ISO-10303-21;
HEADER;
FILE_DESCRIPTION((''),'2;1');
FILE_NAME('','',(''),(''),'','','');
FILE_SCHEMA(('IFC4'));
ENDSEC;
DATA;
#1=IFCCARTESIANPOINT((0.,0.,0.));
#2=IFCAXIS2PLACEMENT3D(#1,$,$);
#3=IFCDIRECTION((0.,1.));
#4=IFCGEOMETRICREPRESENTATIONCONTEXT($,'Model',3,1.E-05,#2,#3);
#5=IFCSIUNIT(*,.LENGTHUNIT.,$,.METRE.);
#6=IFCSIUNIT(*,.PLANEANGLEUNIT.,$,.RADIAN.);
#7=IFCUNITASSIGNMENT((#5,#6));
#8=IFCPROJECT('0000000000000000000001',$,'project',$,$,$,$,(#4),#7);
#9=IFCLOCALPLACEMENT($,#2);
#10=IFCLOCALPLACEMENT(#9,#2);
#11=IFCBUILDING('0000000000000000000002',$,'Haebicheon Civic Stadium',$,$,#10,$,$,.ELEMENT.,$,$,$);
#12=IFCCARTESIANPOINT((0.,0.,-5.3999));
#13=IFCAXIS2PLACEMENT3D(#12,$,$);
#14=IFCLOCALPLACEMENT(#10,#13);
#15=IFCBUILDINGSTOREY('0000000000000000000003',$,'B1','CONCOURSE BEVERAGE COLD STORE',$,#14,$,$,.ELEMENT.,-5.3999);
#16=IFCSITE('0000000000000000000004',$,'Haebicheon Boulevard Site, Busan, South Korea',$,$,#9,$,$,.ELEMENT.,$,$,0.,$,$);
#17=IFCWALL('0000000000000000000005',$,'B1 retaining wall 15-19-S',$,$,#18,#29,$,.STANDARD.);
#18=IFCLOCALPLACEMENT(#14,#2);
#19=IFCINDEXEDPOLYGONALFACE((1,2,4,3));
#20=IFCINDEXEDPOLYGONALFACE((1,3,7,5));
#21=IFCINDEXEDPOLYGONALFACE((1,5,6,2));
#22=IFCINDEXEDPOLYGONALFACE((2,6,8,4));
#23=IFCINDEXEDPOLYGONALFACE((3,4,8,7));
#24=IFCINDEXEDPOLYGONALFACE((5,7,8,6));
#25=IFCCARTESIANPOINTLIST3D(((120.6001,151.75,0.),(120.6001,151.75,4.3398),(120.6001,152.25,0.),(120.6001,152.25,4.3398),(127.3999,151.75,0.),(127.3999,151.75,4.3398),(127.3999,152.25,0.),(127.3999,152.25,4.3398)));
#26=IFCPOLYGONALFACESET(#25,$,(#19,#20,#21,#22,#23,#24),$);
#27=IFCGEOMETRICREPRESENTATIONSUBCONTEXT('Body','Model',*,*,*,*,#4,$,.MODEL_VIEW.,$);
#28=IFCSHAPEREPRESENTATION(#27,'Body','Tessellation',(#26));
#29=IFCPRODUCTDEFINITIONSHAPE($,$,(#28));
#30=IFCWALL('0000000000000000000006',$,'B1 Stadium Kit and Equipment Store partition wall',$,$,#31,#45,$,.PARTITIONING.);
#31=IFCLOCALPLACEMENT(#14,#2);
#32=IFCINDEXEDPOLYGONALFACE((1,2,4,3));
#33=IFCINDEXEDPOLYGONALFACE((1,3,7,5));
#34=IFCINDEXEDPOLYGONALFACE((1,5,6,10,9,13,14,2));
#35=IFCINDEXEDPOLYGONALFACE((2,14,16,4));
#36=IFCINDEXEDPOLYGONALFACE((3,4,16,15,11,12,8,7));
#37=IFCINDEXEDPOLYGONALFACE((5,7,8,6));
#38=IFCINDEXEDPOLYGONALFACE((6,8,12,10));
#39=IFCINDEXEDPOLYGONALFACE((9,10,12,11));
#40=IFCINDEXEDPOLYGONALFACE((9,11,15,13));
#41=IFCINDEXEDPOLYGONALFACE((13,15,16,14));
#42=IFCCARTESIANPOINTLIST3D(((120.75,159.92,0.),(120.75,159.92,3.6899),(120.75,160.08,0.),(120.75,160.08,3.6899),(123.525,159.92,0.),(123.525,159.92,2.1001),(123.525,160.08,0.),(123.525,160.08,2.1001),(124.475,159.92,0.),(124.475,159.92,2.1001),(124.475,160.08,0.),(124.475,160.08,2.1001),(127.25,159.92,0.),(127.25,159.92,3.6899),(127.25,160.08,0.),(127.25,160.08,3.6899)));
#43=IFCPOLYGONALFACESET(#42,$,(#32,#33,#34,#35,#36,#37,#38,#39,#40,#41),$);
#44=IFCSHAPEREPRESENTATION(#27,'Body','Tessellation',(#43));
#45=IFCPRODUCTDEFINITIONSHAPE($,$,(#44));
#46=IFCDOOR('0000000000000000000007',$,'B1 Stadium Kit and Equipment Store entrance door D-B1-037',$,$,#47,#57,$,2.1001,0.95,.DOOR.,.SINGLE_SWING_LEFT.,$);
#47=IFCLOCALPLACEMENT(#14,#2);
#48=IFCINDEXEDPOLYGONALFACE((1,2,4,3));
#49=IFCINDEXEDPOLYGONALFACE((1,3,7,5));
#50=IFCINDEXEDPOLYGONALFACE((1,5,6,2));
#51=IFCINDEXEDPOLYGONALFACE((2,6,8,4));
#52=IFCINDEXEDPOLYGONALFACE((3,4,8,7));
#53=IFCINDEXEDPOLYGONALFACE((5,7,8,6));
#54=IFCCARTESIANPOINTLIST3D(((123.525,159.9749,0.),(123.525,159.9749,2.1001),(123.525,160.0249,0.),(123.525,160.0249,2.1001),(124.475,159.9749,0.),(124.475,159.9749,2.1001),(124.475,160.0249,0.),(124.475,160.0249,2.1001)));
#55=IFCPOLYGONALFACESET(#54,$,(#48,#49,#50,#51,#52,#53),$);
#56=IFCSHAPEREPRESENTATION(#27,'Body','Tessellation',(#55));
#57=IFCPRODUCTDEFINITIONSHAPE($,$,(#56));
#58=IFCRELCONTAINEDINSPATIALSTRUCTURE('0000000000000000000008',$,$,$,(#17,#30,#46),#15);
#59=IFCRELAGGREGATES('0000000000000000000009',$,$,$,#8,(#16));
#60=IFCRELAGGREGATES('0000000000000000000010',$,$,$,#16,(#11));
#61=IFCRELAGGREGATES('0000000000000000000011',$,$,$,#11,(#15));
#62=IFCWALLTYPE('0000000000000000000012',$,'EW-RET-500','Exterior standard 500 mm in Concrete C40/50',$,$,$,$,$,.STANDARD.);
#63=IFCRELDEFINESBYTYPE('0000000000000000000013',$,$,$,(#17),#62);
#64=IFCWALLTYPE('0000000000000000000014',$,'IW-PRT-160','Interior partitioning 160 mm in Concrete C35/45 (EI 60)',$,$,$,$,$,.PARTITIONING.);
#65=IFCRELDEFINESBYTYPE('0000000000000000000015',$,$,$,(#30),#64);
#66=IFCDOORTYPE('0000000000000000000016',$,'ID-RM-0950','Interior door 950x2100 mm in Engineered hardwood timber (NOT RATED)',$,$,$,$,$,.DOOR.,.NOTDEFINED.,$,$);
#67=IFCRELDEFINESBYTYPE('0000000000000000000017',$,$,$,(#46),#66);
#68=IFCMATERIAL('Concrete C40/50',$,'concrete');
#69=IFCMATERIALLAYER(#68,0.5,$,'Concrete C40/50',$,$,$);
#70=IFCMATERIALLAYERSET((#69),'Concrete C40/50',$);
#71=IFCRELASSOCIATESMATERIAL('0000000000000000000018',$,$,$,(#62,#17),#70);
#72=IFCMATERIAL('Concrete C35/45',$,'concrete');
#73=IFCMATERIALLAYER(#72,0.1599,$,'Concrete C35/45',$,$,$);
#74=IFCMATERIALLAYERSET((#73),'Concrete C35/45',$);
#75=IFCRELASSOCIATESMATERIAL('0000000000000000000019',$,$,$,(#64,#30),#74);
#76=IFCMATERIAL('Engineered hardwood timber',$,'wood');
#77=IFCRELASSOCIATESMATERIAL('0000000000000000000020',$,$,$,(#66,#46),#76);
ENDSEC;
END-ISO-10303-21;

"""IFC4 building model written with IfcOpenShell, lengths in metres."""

from ifc_helpers import new_model, si_unit, direction, frame, frame_2d, origin, place, context, subcontext, project, spatial, rectangle, extrude, material, layer, layer_set, type_object, element, fill, save


model = new_model("IFC4")

# Units and contexts
model_context = context("Model", 3, precision=1e-05, world=origin(), true_north=direction((0.0, 1.0)))
body_context = subcontext(model_context, "Body", "Model", "MODEL_VIEW")
ifc_project = project(units=[si_unit("LENGTHUNIT", "METRE"), si_unit("PLANEANGLEUNIT", "RADIAN")], contexts=[model_context])

# Site, building, storey
site_placement = place(None, origin())
site = spatial("IfcSite", under=ifc_project, at=site_placement, Name="Haebicheon Boulevard Site, Busan, South Korea", CompositionType="ELEMENT", RefElevation=0.0)
building_placement = place(site_placement, origin())
building = spatial("IfcBuilding", under=site, at=building_placement, Name="Haebicheon Civic Stadium", CompositionType="ELEMENT")
storey_placement = place(building_placement, frame((0.0, 0.0, -5.3999)))
storey = spatial("IfcBuildingStorey", under=building, at=storey_placement, Name="B1", Description="CONCOURSE BEVERAGE COLD STORE", CompositionType="ELEMENT", Elevation=-5.3999)

# Wall
ifc_material_1 = material(Name="Concrete C40/50", Category="concrete")
ifc_layer_1 = layer(ifc_material_1, 0.5, Name="Concrete C40/50")
ifc_layer_set_1 = layer_set([ifc_layer_1], Name="Concrete C40/50")
wall_type_1 = type_object("IfcWallType", Name="EW-RET-500", Description="Exterior standard 500 mm in Concrete C40/50", PredefinedType="STANDARD", material=ifc_layer_set_1)
wall_1_placement = place(storey_placement, frame((120.6001, 152.0, 0.0), z_axis=(0.0, 0.0, 1.0), x_axis=(1.0, 0.0, 0.0)))
element("IfcWall", 1, at=wall_1_placement, inside=storey, type_object=wall_type_1, material=ifc_layer_set_1, Name="B1 retaining wall 15-19-S", PredefinedType="STANDARD", context=body_context, shape_type="SweptSolid", body=[
    extrude(rectangle(XDim=6.7998, YDim=0.5, at=frame_2d((3.3999, 0.0))), origin(), (0.0, 0.0, 1.0), 4.3398),
])

# Wall, opening, door
ifc_material_2 = material(Name="Concrete C35/45", Category="concrete")
ifc_layer_2 = layer(ifc_material_2, 0.1599, Name="Concrete C35/45")
ifc_layer_set_2 = layer_set([ifc_layer_2], Name="Concrete C35/45")
wall_type_2 = type_object("IfcWallType", Name="IW-PRT-160", Description="Interior partitioning 160 mm in Concrete C35/45 (EI 60)", PredefinedType="PARTITIONING", material=ifc_layer_set_2)
wall_2_placement = place(storey_placement, frame((120.75, 160.0, 0.0), z_axis=(0.0, 0.0, 1.0), x_axis=(1.0, 0.0, 0.0)))
wall_2 = element("IfcWall", 2, at=wall_2_placement, inside=storey, type_object=wall_type_2, material=ifc_layer_set_2, Name="B1 Stadium Kit and Equipment Store partition wall", PredefinedType="PARTITIONING", context=body_context, shape_type="SweptSolid", body=[
    extrude(rectangle(XDim=6.5, YDim=0.1599, at=frame_2d((3.25, 0.0))), origin(), (0.0, 0.0, 1.0), 3.6899),
])
opening_placement = place(wall_2_placement, frame((2.7749, 0.0, 0.0)))
opening = element("IfcOpeningElement", 3, at=opening_placement, cuts=wall_2, PredefinedType="OPENING", context=body_context, shape_type="SweptSolid", body=[
    extrude(rectangle(XDim=0.95, YDim=2.1001, at=frame_2d((0.4751, 1.05))), frame((0.0, 0.0898, 0.0), z_axis=(0.0, -1.0, 0.0), x_axis=(1.0, 0.0, 0.0)), (0.0, 0.0, 1.0), 0.1799),
])
ifc_material_3 = material(Name="Engineered hardwood timber", Category="wood")
door_type = type_object("IfcDoorType", Name="ID-RM-0950", Description="Interior door 950x2100 mm in Engineered hardwood timber (NOT RATED)", OperationType="NOTDEFINED", PredefinedType="DOOR", material=ifc_material_3)
door_placement = place(opening_placement, origin())
door = element("IfcDoor", 4, at=door_placement, inside=storey, type_object=door_type, material=ifc_material_3, Name="B1 Stadium Kit and Equipment Store entrance door D-B1-037", OperationType="SINGLE_SWING_LEFT", OverallHeight=2.1001, OverallWidth=0.95, PredefinedType="DOOR", context=body_context, shape_type="SweptSolid", body=[
    extrude(rectangle(XDim=0.95, YDim=2.1001, at=frame_2d((0.4751, 1.05))), frame((0.0, 0.0249, 0.0), z_axis=(0.0, -1.0, 0.0), x_axis=(1.0, 0.0, 0.0)), (0.0, 0.0, 1.0), 0.05),
])
fill(opening, door)

save(model, "model.ifc")
